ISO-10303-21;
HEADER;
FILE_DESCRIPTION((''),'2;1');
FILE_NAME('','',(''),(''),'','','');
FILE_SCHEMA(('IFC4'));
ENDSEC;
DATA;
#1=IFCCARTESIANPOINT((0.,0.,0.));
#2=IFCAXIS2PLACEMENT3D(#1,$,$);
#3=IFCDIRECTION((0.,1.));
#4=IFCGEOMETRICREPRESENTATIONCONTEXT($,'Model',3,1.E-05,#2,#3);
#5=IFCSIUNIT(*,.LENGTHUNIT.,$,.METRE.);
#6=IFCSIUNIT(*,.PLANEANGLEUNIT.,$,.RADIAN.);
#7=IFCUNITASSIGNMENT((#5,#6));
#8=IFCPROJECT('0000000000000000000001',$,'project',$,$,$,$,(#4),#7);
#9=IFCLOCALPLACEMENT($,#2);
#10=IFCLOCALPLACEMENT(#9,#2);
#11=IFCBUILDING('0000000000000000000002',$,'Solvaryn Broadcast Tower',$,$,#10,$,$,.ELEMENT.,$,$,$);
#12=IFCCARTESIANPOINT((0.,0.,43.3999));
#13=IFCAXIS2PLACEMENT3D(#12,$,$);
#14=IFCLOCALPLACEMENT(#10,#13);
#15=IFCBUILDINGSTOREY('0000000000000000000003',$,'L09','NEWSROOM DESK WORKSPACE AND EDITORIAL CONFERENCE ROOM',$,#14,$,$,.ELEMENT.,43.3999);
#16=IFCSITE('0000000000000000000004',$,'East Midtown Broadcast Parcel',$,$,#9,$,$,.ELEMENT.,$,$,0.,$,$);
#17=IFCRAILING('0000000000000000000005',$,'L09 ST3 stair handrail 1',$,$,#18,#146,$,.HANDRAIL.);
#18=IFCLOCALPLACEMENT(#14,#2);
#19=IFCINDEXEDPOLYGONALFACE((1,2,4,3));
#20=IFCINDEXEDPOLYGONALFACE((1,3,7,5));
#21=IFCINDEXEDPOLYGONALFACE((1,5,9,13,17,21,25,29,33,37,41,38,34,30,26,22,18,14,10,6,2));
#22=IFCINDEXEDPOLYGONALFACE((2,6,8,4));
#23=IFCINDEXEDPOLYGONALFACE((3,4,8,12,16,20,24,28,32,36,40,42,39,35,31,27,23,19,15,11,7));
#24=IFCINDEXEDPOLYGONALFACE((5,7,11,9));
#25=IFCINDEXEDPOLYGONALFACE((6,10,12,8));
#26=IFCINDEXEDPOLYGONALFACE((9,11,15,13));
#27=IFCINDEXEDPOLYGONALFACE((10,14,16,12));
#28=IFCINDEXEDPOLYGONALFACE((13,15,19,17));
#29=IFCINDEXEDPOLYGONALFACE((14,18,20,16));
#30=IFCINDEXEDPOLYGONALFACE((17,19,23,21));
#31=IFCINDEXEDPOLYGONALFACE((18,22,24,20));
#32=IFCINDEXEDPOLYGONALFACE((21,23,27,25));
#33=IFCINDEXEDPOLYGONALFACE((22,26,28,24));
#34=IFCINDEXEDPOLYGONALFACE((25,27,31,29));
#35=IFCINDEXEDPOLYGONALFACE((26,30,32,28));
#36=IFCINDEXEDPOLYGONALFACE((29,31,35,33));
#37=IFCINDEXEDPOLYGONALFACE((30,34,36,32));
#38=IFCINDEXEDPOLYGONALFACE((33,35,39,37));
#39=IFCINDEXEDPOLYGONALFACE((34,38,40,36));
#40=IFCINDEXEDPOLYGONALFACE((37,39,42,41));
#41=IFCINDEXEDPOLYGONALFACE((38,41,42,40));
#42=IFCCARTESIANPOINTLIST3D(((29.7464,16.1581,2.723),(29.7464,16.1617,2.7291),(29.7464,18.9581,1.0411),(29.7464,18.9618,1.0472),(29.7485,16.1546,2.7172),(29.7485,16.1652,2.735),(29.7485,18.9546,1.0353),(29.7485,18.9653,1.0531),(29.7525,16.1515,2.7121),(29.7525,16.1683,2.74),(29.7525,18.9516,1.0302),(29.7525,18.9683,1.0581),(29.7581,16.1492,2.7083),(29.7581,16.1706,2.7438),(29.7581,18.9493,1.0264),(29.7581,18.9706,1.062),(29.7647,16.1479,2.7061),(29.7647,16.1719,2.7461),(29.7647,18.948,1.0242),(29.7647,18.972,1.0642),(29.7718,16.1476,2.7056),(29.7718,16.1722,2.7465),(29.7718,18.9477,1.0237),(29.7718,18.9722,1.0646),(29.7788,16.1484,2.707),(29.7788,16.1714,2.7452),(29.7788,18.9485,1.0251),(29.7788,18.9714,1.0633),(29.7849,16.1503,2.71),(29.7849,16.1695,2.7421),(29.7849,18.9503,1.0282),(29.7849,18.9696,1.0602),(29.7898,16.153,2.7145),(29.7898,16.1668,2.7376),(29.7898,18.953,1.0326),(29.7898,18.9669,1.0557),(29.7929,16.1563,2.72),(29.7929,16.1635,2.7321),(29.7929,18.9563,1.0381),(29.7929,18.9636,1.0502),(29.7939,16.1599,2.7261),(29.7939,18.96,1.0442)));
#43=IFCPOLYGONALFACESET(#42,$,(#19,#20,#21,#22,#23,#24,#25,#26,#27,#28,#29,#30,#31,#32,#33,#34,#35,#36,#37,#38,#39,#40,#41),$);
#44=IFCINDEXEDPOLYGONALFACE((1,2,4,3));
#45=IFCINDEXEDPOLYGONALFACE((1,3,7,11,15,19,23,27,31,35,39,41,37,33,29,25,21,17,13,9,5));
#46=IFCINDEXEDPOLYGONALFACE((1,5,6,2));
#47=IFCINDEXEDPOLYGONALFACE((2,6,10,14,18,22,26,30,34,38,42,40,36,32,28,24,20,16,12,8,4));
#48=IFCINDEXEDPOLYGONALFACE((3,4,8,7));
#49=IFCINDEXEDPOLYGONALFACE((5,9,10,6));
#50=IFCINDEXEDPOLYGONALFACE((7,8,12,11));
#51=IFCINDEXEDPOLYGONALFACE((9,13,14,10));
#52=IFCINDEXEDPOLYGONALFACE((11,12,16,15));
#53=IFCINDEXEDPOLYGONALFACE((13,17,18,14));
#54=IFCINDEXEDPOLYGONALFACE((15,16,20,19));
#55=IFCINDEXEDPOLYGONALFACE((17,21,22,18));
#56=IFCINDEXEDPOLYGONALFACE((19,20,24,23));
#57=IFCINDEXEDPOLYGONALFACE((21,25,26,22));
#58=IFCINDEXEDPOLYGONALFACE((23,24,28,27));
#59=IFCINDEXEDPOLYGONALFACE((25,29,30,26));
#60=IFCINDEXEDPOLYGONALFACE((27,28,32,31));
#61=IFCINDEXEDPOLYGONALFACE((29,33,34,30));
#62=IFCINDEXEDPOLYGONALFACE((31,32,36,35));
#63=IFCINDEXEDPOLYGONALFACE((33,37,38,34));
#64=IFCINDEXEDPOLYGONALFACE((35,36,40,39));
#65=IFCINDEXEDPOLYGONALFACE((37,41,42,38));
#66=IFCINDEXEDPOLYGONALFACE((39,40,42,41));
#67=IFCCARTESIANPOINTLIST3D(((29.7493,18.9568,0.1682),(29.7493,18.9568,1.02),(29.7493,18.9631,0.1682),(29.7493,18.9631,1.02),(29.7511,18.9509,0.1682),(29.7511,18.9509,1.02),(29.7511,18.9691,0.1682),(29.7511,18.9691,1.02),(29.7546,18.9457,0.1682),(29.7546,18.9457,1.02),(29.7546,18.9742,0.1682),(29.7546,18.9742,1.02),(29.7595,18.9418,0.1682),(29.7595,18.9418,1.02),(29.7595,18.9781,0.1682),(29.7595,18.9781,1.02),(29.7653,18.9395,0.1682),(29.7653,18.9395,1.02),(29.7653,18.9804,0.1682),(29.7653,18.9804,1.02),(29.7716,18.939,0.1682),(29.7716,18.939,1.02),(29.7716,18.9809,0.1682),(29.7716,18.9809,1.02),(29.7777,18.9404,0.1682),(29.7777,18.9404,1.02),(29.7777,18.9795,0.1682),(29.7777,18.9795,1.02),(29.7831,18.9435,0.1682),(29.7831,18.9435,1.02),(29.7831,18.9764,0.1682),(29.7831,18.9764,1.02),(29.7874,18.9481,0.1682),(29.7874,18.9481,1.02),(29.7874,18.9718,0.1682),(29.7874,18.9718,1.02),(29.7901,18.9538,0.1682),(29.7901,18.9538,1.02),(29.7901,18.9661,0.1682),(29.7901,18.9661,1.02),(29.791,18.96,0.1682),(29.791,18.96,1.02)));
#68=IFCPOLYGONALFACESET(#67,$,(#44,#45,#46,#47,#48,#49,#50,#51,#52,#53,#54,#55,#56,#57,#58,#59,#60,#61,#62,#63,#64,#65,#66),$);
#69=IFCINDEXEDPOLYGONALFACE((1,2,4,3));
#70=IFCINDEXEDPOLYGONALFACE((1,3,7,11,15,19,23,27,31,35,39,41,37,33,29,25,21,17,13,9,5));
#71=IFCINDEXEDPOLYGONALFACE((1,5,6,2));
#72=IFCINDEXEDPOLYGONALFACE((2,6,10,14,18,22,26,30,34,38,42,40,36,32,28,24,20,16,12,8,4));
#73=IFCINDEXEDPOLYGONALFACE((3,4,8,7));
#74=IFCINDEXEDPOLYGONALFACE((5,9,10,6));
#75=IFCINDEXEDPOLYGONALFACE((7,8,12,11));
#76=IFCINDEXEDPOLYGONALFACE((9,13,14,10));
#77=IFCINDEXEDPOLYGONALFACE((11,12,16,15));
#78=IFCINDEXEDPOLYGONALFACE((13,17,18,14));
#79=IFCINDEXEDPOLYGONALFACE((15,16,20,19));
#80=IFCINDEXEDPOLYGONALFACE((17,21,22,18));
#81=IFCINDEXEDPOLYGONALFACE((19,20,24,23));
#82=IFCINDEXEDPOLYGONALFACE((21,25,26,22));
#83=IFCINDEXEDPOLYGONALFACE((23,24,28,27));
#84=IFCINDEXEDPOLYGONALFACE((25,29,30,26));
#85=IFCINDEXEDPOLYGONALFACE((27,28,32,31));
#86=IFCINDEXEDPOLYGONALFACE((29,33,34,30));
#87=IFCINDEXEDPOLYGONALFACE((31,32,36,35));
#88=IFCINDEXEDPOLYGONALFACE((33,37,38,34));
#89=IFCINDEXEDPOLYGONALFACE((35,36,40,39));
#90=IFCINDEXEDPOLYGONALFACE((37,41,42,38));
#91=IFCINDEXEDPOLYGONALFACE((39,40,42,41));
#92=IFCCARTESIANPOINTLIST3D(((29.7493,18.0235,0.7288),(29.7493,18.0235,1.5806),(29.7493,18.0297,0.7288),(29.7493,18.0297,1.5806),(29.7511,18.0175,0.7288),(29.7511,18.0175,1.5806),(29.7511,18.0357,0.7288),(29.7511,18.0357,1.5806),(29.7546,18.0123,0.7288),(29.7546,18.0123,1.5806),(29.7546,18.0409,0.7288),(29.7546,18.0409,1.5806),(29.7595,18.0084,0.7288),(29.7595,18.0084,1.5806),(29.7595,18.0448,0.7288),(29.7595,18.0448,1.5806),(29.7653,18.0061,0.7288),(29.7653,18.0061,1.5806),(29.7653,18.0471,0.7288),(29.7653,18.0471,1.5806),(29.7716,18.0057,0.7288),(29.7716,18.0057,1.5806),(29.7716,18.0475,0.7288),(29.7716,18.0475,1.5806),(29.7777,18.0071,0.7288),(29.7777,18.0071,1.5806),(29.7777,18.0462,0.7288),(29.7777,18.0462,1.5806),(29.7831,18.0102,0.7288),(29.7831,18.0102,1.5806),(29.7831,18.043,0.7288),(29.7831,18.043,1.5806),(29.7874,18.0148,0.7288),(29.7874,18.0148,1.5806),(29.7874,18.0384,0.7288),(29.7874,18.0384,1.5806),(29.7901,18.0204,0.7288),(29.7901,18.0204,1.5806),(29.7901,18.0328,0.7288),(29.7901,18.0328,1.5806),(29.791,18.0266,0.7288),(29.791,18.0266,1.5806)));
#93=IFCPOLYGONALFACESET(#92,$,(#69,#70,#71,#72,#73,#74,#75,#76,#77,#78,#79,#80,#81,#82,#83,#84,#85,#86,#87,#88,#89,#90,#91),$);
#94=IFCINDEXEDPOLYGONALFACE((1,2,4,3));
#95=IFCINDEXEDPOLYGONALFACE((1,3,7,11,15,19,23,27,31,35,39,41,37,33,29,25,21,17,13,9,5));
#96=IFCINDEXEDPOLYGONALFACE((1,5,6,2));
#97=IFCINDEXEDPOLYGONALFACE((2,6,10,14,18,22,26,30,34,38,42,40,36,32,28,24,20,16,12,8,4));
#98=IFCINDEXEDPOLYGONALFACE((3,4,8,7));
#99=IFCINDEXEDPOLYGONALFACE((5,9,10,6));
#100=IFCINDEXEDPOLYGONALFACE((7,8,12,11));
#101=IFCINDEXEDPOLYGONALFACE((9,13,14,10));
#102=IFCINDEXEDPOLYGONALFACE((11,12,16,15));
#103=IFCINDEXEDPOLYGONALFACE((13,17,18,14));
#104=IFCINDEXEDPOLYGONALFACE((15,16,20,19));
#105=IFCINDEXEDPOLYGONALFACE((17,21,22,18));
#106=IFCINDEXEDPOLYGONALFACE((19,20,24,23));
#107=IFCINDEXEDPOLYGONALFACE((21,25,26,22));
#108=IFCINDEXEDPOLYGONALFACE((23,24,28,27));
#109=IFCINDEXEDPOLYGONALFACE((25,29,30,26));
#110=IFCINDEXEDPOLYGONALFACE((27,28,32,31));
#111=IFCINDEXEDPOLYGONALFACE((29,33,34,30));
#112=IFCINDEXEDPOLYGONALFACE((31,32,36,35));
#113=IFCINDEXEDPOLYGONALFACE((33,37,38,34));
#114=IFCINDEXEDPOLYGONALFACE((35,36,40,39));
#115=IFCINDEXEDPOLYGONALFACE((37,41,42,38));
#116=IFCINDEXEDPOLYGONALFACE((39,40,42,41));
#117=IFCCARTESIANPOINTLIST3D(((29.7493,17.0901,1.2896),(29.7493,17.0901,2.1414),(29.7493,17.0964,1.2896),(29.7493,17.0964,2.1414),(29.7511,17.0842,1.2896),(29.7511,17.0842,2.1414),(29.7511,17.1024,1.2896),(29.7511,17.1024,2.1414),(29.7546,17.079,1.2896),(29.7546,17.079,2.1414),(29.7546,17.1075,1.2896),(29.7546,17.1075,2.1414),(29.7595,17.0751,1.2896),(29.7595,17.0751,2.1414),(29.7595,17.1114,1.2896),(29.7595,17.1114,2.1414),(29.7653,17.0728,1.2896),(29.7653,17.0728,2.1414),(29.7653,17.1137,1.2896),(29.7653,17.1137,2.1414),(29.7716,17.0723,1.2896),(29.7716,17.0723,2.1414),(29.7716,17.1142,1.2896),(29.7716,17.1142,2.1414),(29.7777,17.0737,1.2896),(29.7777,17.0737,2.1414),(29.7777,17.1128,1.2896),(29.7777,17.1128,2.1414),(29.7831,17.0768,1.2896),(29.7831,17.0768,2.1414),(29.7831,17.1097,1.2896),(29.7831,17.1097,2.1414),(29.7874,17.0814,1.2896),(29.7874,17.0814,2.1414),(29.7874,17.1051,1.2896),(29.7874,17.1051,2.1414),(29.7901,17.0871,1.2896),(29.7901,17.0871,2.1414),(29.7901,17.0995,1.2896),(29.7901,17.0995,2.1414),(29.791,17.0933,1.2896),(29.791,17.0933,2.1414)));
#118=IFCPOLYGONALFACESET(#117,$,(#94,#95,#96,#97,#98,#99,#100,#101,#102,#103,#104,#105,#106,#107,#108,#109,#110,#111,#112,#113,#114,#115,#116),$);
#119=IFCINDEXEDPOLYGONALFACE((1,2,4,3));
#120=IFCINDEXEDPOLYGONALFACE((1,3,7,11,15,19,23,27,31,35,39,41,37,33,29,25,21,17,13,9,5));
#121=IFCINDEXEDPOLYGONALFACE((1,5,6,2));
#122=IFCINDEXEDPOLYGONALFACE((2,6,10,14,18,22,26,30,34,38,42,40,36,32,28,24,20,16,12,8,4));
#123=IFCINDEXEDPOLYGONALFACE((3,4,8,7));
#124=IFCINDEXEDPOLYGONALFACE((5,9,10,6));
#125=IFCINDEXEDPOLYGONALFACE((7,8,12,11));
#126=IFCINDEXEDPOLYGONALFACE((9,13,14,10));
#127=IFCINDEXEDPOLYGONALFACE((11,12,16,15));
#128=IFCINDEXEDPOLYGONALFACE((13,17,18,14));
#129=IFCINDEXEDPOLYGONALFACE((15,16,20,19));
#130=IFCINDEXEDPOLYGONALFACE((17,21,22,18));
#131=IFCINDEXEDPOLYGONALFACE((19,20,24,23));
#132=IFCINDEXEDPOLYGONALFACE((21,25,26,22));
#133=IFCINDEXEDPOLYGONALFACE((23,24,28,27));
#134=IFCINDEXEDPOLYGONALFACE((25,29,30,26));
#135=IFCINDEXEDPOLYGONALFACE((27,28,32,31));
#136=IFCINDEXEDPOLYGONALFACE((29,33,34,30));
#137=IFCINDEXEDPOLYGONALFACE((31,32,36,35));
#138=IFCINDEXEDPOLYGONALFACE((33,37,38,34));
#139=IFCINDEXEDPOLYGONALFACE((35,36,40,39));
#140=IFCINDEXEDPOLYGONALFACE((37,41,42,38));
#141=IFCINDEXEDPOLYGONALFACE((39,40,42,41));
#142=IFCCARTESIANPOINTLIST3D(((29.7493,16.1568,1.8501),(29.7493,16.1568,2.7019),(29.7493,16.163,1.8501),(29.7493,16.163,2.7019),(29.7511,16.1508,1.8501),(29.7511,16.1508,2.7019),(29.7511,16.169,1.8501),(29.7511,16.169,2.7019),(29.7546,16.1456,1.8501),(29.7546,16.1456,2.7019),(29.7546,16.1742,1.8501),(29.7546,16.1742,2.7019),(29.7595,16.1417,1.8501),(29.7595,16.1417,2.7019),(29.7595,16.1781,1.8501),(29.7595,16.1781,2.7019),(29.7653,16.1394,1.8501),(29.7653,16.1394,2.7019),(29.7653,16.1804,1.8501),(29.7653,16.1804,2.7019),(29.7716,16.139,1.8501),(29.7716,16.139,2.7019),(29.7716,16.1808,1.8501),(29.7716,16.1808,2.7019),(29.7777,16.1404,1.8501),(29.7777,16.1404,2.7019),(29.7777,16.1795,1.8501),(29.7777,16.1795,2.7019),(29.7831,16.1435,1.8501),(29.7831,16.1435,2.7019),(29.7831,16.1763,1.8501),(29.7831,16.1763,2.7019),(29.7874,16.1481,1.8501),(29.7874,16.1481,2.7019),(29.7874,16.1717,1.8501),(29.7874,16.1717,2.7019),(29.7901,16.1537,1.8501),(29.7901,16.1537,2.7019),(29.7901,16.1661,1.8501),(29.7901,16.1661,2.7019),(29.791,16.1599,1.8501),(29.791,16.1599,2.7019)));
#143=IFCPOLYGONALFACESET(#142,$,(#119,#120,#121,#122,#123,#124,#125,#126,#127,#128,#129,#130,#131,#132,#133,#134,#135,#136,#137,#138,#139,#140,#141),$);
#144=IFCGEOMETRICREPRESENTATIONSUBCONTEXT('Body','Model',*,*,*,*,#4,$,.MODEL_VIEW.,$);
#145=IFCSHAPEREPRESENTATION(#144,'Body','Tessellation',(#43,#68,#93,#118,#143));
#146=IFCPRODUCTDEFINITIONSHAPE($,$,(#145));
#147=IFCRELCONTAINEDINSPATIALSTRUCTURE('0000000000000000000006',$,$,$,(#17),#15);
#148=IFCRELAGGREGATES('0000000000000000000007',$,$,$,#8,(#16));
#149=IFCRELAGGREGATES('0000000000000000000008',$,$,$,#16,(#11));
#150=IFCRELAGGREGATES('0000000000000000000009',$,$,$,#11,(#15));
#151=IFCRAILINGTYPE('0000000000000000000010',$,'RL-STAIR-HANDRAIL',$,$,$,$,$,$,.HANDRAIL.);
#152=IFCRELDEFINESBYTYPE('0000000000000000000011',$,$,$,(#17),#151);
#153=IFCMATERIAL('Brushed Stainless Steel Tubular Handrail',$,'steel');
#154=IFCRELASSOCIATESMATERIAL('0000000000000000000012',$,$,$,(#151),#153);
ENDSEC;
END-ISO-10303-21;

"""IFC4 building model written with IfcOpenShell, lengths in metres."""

from ifc_helpers import new_model, si_unit, direction, frame, origin, origin_2d, place, context, subcontext, project, spatial, circle, extrude, material, type_object, element, save


model = new_model("IFC4")

# Units and contexts
model_context = context("Model", 3, precision=1e-05, world=origin(), true_north=direction((0.0, 1.0)))
body_context = subcontext(model_context, "Body", "Model", "MODEL_VIEW")
ifc_project = project(units=[si_unit("LENGTHUNIT", "METRE"), si_unit("PLANEANGLEUNIT", "RADIAN")], contexts=[model_context])

# Site, building, storey
site_placement = place(None, origin())
site = spatial("IfcSite", under=ifc_project, at=site_placement, Name="East Midtown Broadcast Parcel", CompositionType="ELEMENT", RefElevation=0.0)
building_placement = place(site_placement, origin())
building = spatial("IfcBuilding", under=site, at=building_placement, Name="Solvaryn Broadcast Tower", CompositionType="ELEMENT")
storey_placement = place(building_placement, frame((0.0, 0.0, 43.3999)))
storey = spatial("IfcBuildingStorey", under=building, at=storey_placement, Name="L09", Description="NEWSROOM DESK WORKSPACE AND EDITORIAL CONFERENCE ROOM", CompositionType="ELEMENT", Elevation=43.3999)

# Railing
ifc_material_1 = material(Name="Brushed Stainless Steel Tubular Handrail", Category="steel")
railing_type_1 = type_object("IfcRailingType", Name="RL-STAIR-HANDRAIL", PredefinedType="HANDRAIL", material=ifc_material_1)
railing_1_placement = place(storey_placement, frame((29.77, 18.96, 0.1682)))
element("IfcRailing", 1, at=railing_1_placement, inside=storey, type_object=railing_type_1, Name="L09 ST3 stair handrail 1", PredefinedType="HANDRAIL", context=body_context, shape_type="SweptSolid", body=[
    extrude(circle(Radius=0.0239, at=origin_2d()), frame((0.0, 0.0, 0.876), z_axis=(0.0, -0.857242, 0.514913), x_axis=(1.0, 0.0, 0.0)), (0.0, 0.0, 1.0), 3.2664),
    extrude(circle(Radius=0.021, at=origin_2d()), origin(), (0.0, 0.0, 1.0), 0.8518),
    extrude(circle(Radius=0.021, at=origin_2d()), frame((0.0, -0.9333, 0.5605)), (0.0, 0.0, 1.0), 0.8518),
    extrude(circle(Radius=0.021, at=origin_2d()), frame((0.0, -1.8667, 1.1213)), (0.0, 0.0, 1.0), 0.8518),
    extrude(circle(Radius=0.021, at=origin_2d()), frame((0.0, -2.8, 1.6819)), (0.0, 0.0, 1.0), 0.8518),
])

save(model, "model.ifc")
